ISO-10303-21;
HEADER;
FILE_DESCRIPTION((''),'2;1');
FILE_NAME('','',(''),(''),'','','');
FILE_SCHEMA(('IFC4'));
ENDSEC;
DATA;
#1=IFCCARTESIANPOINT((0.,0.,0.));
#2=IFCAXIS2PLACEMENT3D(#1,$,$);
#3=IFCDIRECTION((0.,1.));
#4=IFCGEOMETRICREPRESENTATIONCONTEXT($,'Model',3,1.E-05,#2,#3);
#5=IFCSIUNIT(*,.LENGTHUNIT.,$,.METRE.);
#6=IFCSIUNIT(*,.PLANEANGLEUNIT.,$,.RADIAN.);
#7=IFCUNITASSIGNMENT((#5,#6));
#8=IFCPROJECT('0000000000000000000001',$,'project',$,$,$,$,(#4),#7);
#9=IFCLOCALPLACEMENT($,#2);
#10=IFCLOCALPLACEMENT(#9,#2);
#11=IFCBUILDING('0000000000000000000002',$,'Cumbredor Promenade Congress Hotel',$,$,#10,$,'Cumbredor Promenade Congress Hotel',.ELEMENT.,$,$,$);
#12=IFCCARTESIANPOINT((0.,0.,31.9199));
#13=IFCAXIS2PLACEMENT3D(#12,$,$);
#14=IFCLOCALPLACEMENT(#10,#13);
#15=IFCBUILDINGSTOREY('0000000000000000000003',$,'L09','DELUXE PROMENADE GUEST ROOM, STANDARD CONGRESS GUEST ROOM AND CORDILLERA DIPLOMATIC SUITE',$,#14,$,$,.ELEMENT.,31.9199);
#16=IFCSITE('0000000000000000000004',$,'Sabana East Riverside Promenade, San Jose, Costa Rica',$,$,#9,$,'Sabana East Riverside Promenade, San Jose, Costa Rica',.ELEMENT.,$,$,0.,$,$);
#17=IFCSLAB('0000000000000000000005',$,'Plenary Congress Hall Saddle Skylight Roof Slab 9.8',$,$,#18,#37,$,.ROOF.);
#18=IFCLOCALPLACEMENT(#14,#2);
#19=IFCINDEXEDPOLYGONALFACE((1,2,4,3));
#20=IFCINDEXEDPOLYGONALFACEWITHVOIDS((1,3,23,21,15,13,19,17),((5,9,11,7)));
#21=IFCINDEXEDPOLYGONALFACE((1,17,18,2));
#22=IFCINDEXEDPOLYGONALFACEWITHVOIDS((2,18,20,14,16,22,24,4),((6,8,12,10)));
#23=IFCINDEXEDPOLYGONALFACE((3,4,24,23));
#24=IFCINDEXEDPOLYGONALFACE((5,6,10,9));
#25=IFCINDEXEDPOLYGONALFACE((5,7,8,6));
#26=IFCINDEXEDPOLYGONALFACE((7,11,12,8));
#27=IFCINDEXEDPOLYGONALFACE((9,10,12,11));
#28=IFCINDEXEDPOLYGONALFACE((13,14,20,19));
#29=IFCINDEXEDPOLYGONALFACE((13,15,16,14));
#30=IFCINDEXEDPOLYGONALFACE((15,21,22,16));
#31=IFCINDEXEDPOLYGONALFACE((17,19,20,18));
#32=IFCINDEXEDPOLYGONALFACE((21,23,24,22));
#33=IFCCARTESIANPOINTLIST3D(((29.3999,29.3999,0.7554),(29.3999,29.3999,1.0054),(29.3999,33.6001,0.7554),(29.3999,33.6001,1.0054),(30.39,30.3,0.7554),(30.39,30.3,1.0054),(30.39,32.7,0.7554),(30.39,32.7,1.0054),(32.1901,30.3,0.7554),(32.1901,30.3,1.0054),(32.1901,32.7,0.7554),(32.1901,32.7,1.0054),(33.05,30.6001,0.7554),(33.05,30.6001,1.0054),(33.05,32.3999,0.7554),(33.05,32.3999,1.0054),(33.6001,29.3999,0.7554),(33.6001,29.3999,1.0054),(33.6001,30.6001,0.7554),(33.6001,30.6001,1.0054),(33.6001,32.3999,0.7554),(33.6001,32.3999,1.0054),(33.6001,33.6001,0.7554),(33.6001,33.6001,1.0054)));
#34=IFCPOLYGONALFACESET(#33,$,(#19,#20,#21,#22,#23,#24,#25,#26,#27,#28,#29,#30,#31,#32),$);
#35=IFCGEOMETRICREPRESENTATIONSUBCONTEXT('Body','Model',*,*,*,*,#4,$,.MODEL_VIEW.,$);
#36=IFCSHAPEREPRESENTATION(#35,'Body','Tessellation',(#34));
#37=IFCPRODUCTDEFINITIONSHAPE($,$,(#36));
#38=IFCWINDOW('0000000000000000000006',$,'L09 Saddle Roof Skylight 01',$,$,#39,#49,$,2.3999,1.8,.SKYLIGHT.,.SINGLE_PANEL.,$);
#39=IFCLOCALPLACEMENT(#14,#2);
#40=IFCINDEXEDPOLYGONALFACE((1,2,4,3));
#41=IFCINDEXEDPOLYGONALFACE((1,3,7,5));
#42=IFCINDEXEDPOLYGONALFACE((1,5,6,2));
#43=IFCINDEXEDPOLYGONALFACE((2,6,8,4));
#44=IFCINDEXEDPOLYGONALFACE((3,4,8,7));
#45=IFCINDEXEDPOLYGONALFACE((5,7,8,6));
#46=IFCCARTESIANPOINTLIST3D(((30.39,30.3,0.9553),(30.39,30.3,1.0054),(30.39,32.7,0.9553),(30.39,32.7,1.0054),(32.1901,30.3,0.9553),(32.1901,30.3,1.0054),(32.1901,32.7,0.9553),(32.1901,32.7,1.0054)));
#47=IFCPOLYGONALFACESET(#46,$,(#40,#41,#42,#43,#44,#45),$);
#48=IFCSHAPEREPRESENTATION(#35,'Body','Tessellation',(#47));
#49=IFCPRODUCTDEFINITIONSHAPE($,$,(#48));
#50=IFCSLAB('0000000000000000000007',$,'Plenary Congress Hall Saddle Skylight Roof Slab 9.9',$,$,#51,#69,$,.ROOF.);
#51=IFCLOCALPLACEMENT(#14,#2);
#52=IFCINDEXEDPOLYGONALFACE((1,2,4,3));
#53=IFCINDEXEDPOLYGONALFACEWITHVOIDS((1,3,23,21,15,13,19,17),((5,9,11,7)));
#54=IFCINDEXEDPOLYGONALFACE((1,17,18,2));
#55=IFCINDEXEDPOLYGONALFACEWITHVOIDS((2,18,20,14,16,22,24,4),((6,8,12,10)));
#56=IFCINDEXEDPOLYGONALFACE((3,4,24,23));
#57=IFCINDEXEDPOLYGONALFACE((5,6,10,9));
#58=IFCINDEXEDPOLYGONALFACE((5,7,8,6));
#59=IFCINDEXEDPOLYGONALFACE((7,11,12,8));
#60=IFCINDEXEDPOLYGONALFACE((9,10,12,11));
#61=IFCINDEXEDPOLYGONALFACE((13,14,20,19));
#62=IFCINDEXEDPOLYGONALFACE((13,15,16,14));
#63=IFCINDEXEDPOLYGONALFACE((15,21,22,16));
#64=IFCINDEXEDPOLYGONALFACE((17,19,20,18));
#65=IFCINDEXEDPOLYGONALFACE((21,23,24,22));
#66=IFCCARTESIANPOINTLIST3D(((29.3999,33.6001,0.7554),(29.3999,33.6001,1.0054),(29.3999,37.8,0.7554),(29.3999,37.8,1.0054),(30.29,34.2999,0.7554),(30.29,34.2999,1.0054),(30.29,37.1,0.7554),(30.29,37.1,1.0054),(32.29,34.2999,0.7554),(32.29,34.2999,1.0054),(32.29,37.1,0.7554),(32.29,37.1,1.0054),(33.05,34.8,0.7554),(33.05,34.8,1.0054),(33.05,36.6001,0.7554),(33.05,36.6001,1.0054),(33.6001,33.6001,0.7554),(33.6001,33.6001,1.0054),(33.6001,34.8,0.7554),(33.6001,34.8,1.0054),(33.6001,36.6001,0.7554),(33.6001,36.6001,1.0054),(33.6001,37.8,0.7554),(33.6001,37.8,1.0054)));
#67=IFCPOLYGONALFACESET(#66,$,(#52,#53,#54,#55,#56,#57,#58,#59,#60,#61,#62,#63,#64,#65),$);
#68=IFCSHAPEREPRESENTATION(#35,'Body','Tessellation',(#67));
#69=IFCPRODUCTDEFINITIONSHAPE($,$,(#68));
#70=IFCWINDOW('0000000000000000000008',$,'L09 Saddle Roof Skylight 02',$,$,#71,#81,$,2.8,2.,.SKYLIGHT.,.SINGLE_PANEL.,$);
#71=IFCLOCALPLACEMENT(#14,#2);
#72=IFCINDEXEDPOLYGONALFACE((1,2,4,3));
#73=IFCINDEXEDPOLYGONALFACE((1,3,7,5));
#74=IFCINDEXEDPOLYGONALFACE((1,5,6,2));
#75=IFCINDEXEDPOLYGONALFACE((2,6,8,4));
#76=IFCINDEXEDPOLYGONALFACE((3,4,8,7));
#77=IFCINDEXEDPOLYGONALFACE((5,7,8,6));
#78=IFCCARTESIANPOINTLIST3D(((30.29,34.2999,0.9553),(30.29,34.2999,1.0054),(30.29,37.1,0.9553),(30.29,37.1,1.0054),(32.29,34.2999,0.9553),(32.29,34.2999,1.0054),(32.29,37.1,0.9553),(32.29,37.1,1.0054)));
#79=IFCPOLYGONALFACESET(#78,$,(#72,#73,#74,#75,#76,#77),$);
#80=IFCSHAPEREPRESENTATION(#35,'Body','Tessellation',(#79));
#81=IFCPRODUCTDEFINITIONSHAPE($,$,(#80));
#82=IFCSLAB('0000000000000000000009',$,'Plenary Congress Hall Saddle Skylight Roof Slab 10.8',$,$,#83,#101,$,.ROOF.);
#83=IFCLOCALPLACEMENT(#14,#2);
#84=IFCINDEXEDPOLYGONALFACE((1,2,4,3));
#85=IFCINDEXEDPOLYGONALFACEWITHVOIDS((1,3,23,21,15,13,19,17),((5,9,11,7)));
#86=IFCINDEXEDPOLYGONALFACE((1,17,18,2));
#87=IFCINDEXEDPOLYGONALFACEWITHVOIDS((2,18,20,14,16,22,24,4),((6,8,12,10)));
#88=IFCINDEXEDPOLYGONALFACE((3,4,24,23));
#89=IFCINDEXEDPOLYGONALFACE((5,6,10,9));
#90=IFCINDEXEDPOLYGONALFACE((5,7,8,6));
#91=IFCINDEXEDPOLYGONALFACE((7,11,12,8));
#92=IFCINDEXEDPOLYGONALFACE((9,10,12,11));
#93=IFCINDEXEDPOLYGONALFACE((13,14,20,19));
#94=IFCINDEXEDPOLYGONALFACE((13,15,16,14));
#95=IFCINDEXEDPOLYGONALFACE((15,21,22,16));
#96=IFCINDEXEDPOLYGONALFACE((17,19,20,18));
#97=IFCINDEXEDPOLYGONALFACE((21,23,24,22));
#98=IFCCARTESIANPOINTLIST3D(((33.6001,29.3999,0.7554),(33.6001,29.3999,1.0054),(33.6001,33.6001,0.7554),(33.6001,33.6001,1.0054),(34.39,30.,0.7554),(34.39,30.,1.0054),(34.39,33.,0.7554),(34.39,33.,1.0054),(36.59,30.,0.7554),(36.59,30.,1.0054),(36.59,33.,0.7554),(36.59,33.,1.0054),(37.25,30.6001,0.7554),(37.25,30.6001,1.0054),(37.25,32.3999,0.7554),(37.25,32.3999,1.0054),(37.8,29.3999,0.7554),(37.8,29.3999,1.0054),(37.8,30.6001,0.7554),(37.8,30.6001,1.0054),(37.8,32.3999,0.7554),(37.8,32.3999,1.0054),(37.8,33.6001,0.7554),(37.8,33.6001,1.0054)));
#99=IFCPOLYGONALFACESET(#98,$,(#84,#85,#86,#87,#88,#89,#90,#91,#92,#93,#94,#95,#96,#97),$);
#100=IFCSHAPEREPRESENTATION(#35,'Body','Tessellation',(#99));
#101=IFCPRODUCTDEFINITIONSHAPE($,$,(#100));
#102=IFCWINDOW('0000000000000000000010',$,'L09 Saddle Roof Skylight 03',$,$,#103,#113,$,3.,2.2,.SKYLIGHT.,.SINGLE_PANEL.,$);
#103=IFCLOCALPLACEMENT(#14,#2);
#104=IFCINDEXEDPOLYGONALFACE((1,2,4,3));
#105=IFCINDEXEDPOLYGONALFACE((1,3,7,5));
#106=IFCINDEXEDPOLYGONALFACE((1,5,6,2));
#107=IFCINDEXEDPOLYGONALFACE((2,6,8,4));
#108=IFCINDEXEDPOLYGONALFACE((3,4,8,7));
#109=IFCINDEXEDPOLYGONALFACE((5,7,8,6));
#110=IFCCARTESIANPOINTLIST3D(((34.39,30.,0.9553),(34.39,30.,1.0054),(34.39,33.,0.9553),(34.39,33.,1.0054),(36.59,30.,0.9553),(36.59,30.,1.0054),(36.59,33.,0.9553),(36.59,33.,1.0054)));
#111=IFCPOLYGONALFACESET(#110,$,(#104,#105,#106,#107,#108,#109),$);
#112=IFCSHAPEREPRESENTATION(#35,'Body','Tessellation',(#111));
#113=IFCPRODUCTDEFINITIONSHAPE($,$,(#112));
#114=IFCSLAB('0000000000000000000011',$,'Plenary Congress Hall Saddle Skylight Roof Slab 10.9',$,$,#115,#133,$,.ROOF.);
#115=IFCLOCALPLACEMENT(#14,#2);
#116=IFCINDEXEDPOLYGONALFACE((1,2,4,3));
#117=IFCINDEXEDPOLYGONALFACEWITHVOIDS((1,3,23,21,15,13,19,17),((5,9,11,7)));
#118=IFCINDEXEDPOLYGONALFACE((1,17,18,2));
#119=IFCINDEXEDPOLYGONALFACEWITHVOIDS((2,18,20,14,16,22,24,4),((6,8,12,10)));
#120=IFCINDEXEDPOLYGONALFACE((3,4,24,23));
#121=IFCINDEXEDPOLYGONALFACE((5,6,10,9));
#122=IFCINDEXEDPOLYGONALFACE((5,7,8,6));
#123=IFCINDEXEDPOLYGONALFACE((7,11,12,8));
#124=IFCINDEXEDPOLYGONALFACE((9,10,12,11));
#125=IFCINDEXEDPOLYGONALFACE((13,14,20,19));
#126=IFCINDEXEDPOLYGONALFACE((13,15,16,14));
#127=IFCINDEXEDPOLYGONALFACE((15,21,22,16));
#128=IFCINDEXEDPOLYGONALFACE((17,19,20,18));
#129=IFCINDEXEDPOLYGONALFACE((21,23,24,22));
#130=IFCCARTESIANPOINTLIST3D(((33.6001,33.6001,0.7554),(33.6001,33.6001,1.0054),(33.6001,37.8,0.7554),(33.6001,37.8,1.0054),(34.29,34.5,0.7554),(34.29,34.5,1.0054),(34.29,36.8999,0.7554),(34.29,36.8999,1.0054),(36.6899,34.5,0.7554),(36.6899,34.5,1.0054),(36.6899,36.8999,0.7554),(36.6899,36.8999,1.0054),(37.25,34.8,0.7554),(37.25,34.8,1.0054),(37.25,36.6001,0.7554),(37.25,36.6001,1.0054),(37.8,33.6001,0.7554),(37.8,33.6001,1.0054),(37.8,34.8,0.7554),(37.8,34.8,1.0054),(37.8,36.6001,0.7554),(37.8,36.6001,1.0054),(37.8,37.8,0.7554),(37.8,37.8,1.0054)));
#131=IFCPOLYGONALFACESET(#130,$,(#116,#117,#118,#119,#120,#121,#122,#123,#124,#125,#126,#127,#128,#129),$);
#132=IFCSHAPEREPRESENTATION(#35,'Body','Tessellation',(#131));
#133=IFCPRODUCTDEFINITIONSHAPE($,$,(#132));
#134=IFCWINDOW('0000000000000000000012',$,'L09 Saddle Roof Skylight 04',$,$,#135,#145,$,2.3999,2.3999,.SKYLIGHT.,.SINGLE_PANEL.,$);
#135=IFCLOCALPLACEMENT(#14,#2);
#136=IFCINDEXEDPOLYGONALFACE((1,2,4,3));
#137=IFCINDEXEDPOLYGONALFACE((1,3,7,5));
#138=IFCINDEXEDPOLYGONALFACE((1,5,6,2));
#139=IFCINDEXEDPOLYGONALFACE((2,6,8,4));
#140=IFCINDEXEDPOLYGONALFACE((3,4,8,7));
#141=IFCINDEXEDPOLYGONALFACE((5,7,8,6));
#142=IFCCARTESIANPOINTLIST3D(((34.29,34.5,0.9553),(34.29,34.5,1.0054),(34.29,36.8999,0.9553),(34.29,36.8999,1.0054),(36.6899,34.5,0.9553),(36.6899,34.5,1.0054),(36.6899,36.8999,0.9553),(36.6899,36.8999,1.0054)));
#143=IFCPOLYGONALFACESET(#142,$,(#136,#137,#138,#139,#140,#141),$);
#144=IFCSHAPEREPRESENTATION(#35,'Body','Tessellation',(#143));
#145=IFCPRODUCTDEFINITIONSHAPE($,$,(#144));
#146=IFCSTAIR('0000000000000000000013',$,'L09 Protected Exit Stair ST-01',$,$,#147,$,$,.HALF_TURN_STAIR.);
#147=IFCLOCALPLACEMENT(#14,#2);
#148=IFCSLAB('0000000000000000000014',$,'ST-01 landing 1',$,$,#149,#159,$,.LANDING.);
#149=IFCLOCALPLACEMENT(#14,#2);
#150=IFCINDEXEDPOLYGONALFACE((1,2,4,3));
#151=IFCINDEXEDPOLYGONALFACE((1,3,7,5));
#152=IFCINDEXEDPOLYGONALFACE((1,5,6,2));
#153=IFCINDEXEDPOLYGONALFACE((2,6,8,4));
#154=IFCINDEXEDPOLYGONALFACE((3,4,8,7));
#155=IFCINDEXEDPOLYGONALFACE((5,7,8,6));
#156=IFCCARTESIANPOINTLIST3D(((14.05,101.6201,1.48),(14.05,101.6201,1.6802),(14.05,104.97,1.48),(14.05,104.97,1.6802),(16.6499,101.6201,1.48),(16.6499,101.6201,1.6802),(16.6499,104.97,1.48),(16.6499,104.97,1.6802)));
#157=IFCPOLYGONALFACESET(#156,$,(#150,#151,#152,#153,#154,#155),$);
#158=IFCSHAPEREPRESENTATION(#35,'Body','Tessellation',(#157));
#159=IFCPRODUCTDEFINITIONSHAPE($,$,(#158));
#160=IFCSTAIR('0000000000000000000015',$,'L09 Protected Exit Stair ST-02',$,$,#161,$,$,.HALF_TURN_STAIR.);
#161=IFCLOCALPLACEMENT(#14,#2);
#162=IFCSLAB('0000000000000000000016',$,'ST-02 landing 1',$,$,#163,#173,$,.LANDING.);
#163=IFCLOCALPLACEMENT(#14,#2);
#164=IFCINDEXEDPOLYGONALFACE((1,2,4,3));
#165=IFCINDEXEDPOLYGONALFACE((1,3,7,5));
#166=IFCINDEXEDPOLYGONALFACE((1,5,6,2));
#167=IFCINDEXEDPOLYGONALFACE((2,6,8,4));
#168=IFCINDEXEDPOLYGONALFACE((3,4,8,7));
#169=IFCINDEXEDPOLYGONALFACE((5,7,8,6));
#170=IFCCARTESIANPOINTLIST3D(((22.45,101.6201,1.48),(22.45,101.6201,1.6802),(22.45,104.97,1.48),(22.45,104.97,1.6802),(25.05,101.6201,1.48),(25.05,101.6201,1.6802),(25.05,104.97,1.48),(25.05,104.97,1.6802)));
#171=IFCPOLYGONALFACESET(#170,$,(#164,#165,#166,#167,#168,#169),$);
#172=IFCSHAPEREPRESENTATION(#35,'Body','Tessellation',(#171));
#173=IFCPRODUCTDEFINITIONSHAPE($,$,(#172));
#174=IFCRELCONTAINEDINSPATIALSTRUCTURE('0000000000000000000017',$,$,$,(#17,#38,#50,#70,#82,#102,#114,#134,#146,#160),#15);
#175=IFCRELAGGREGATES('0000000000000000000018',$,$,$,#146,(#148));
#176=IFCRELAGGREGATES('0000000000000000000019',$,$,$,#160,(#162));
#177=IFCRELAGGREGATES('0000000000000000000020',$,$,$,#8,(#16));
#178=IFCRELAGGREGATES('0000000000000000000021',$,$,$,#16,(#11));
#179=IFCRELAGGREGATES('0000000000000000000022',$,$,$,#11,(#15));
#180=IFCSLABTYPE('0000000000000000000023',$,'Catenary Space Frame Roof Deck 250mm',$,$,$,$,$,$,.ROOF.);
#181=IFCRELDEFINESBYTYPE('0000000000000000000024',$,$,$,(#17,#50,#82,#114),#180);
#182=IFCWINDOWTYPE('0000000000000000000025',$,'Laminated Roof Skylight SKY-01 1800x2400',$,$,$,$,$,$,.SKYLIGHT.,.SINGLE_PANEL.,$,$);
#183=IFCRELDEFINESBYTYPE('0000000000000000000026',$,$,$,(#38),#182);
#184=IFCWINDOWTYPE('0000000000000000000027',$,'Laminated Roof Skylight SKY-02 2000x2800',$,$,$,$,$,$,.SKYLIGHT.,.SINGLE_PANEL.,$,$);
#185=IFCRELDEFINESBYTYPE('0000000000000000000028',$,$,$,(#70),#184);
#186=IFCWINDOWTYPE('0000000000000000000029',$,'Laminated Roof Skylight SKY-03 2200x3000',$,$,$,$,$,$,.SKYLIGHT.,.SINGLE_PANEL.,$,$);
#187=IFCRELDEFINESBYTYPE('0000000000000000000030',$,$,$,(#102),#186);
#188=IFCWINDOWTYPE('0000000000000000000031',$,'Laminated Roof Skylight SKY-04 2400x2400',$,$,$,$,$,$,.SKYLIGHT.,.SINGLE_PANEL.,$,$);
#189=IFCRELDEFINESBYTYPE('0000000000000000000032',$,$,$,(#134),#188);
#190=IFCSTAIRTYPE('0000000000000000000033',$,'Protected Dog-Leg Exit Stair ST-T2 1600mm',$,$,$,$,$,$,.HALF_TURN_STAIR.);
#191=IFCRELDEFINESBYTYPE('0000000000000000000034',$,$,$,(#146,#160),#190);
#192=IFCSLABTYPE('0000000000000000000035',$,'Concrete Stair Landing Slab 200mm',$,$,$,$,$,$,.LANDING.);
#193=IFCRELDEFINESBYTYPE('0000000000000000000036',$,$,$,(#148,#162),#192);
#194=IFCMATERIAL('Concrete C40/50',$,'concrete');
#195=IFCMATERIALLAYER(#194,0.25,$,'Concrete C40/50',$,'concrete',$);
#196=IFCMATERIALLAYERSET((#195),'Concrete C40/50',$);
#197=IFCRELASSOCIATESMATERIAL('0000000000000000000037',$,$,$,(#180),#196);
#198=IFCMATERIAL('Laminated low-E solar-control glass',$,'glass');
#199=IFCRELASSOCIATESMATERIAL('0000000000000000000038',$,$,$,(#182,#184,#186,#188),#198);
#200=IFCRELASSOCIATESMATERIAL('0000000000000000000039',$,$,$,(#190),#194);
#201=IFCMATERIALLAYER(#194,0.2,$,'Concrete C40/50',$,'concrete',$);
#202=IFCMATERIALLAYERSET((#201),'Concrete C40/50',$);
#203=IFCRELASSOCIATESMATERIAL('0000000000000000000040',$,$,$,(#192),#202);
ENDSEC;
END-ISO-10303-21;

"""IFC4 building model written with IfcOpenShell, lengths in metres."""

from ifc_helpers import new_model, si_unit, direction, frame, origin, origin_2d, place, context, subcontext, project, spatial, polyline, rectangle, outline, extrude, material, layer, layer_set, type_object, element, fill, aggregate, save


model = new_model("IFC4")

# Units and contexts
model_context = context("Model", 3, precision=1e-05, world=origin(), true_north=direction((0.0, 1.0)))
body_context = subcontext(model_context, "Body", "Model", "MODEL_VIEW")
ifc_project = project(units=[si_unit("LENGTHUNIT", "METRE"), si_unit("PLANEANGLEUNIT", "RADIAN")], contexts=[model_context])

# Site, building, storey
site_placement = place(None, origin())
site = spatial("IfcSite", under=ifc_project, at=site_placement, Name="Sabana East Riverside Promenade, San Jose, Costa Rica", LongName="Sabana East Riverside Promenade, San Jose, Costa Rica", CompositionType="ELEMENT", RefElevation=0.0)
building_placement = place(site_placement, origin())
building = spatial("IfcBuilding", under=site, at=building_placement, Name="Cumbredor Promenade Congress Hotel", LongName="Cumbredor Promenade Congress Hotel", CompositionType="ELEMENT")
storey_placement = place(building_placement, frame((0.0, 0.0, 31.9199)))
storey = spatial("IfcBuildingStorey", under=building, at=storey_placement, Name="L09", Description="DELUXE PROMENADE GUEST ROOM, STANDARD CONGRESS GUEST ROOM AND CORDILLERA DIPLOMATIC SUITE", CompositionType="ELEMENT", Elevation=31.9199)

# Slabs, openings, windows
ifc_material_1 = material(Name="Concrete C40/50", Category="concrete")
ifc_layer_1 = layer(ifc_material_1, 0.25, Name="Concrete C40/50", Category="concrete")
ifc_layer_set_1 = layer_set([ifc_layer_1], Name="Concrete C40/50")
slab_type_1 = type_object("IfcSlabType", Name="Catenary Space Frame Roof Deck 250mm", PredefinedType="ROOF", material=ifc_layer_set_1)
slab_1_placement = place(storey_placement, frame((0.0, 0.0, 0.7554)))
slab_1 = element("IfcSlab", 1, at=slab_1_placement, inside=storey, type_object=slab_type_1, Name="Plenary Congress Hall Saddle Skylight Roof Slab 9.8", PredefinedType="ROOF", context=body_context, shape_type="SweptSolid", body=[
    extrude(outline(polyline([(29.3999, 29.3999), (33.6001, 29.3999), (33.6001, 30.6001), (33.05, 30.6001), (33.05, 32.3999), (33.6001, 32.3999), (33.6001, 33.6001), (29.3999, 33.6001), (29.3999, 29.3999)])), origin(), (0.0, 0.0, 1.0), 0.25),
])
opening_1_placement = place(slab_1_placement, frame((31.29, 31.5, -0.01)))
opening_1 = element("IfcOpeningElement", 2, at=opening_1_placement, cuts=slab_1, PredefinedType="OPENING", context=body_context, shape_type="SweptSolid", body=[
    extrude(rectangle(XDim=1.8, YDim=2.3999, at=origin_2d()), origin(), (0.0, 0.0, 1.0), 0.27),
])
ifc_material_2 = material(Name="Laminated low-E solar-control glass", Category="glass")
window_type_1 = type_object("IfcWindowType", Name="Laminated Roof Skylight SKY-01 1800x2400", PartitioningType="SINGLE_PANEL", PredefinedType="SKYLIGHT", material=ifc_material_2)
window_1_placement = place(opening_1_placement, frame((0.0, 0.0, 0.21)))
window_1 = element("IfcWindow", 3, at=window_1_placement, inside=storey, type_object=window_type_1, Name="L09 Saddle Roof Skylight 01", OverallHeight=2.3999, OverallWidth=1.8, PartitioningType="SINGLE_PANEL", PredefinedType="SKYLIGHT", context=body_context, shape_type="SweptSolid", body=[
    extrude(rectangle(XDim=1.8, YDim=2.3999, at=origin_2d()), origin(), (0.0, 0.0, 1.0), 0.05),
])
fill(opening_1, window_1)
slab_2_placement = place(storey_placement, frame((0.0, 0.0, 0.7554)))
slab_2 = element("IfcSlab", 4, at=slab_2_placement, inside=storey, type_object=slab_type_1, Name="Plenary Congress Hall Saddle Skylight Roof Slab 9.9", PredefinedType="ROOF", context=body_context, shape_type="SweptSolid", body=[
    extrude(outline(polyline([(29.3999, 33.6001), (33.6001, 33.6001), (33.6001, 34.8), (33.05, 34.8), (33.05, 36.6001), (33.6001, 36.6001), (33.6001, 37.8), (29.3999, 37.8), (29.3999, 33.6001)])), origin(), (0.0, 0.0, 1.0), 0.25),
])
opening_2_placement = place(slab_2_placement, frame((31.29, 35.7, -0.01)))
opening_2 = element("IfcOpeningElement", 5, at=opening_2_placement, cuts=slab_2, PredefinedType="OPENING", context=body_context, shape_type="SweptSolid", body=[
    extrude(rectangle(XDim=2.0, YDim=2.8, at=origin_2d()), origin(), (0.0, 0.0, 1.0), 0.27),
])
window_type_2 = type_object("IfcWindowType", Name="Laminated Roof Skylight SKY-02 2000x2800", PartitioningType="SINGLE_PANEL", PredefinedType="SKYLIGHT", material=ifc_material_2)
window_2_placement = place(opening_2_placement, frame((0.0, 0.0, 0.21)))
window_2 = element("IfcWindow", 6, at=window_2_placement, inside=storey, type_object=window_type_2, Name="L09 Saddle Roof Skylight 02", OverallHeight=2.8, OverallWidth=2.0, PartitioningType="SINGLE_PANEL", PredefinedType="SKYLIGHT", context=body_context, shape_type="SweptSolid", body=[
    extrude(rectangle(XDim=2.0, YDim=2.8, at=origin_2d()), origin(), (0.0, 0.0, 1.0), 0.05),
])
fill(opening_2, window_2)
slab_3_placement = place(storey_placement, frame((0.0, 0.0, 0.7554)))
slab_3 = element("IfcSlab", 7, at=slab_3_placement, inside=storey, type_object=slab_type_1, Name="Plenary Congress Hall Saddle Skylight Roof Slab 10.8", PredefinedType="ROOF", context=body_context, shape_type="SweptSolid", body=[
    extrude(outline(polyline([(33.6001, 29.3999), (37.8, 29.3999), (37.8, 30.6001), (37.25, 30.6001), (37.25, 32.3999), (37.8, 32.3999), (37.8, 33.6001), (33.6001, 33.6001), (33.6001, 29.3999)])), origin(), (0.0, 0.0, 1.0), 0.25),
])
opening_3_placement = place(slab_3_placement, frame((35.49, 31.5, -0.01)))
opening_3 = element("IfcOpeningElement", 8, at=opening_3_placement, cuts=slab_3, PredefinedType="OPENING", context=body_context, shape_type="SweptSolid", body=[
    extrude(rectangle(XDim=2.2, YDim=3.0, at=origin_2d()), origin(), (0.0, 0.0, 1.0), 0.27),
])
window_type_3 = type_object("IfcWindowType", Name="Laminated Roof Skylight SKY-03 2200x3000", PartitioningType="SINGLE_PANEL", PredefinedType="SKYLIGHT", material=ifc_material_2)
window_3_placement = place(opening_3_placement, frame((0.0, 0.0, 0.21)))
window_3 = element("IfcWindow", 9, at=window_3_placement, inside=storey, type_object=window_type_3, Name="L09 Saddle Roof Skylight 03", OverallHeight=3.0, OverallWidth=2.2, PartitioningType="SINGLE_PANEL", PredefinedType="SKYLIGHT", context=body_context, shape_type="SweptSolid", body=[
    extrude(rectangle(XDim=2.2, YDim=3.0, at=origin_2d()), origin(), (0.0, 0.0, 1.0), 0.05),
])
fill(opening_3, window_3)
slab_4_placement = place(storey_placement, frame((0.0, 0.0, 0.7554)))
slab_4 = element("IfcSlab", 10, at=slab_4_placement, inside=storey, type_object=slab_type_1, Name="Plenary Congress Hall Saddle Skylight Roof Slab 10.9", PredefinedType="ROOF", context=body_context, shape_type="SweptSolid", body=[
    extrude(outline(polyline([(33.6001, 33.6001), (37.8, 33.6001), (37.8, 34.8), (37.25, 34.8), (37.25, 36.6001), (37.8, 36.6001), (37.8, 37.8), (33.6001, 37.8), (33.6001, 33.6001)])), origin(), (0.0, 0.0, 1.0), 0.25),
])
opening_4_placement = place(slab_4_placement, frame((35.49, 35.7, -0.01)))
opening_4 = element("IfcOpeningElement", 11, at=opening_4_placement, cuts=slab_4, PredefinedType="OPENING", context=body_context, shape_type="SweptSolid", body=[
    extrude(rectangle(XDim=2.3999, YDim=2.3999, at=origin_2d()), origin(), (0.0, 0.0, 1.0), 0.27),
])
window_type_4 = type_object("IfcWindowType", Name="Laminated Roof Skylight SKY-04 2400x2400", PartitioningType="SINGLE_PANEL", PredefinedType="SKYLIGHT", material=ifc_material_2)
window_4_placement = place(opening_4_placement, frame((0.0, 0.0, 0.21)))
window_4 = element("IfcWindow", 12, at=window_4_placement, inside=storey, type_object=window_type_4, Name="L09 Saddle Roof Skylight 04", OverallHeight=2.3999, OverallWidth=2.3999, PartitioningType="SINGLE_PANEL", PredefinedType="SKYLIGHT", context=body_context, shape_type="SweptSolid", body=[
    extrude(rectangle(XDim=2.3999, YDim=2.3999, at=origin_2d()), origin(), (0.0, 0.0, 1.0), 0.05),
])
fill(opening_4, window_4)

# Stairs, slabs
stair_type_1 = type_object("IfcStairType", Name="Protected Dog-Leg Exit Stair ST-T2 1600mm", PredefinedType="HALF_TURN_STAIR", material=ifc_material_1)
stair_1_placement = place(storey_placement, origin())
stair_1 = element("IfcStair", 13, at=stair_1_placement, inside=storey, type_object=stair_type_1, Name="L09 Protected Exit Stair ST-01", PredefinedType="HALF_TURN_STAIR")
ifc_layer_2 = layer(ifc_material_1, 0.2, Name="Concrete C40/50", Category="concrete")
ifc_layer_set_2 = layer_set([ifc_layer_2], Name="Concrete C40/50")
slab_type_2 = type_object("IfcSlabType", Name="Concrete Stair Landing Slab 200mm", PredefinedType="LANDING", material=ifc_layer_set_2)
slab_5_placement = place(storey_placement, frame((0.0, 0.0, 1.48)))
slab_5 = element("IfcSlab", 14, at=slab_5_placement, type_object=slab_type_2, Name="ST-01 landing 1", PredefinedType="LANDING", context=body_context, shape_type="SweptSolid", body=[
    extrude(outline(polyline([(14.05, 101.6201), (16.6499, 101.6201), (16.6499, 104.97), (14.05, 104.97), (14.05, 101.6201)])), origin(), (0.0, 0.0, 1.0), 0.2002),
])
aggregate(stair_1, [slab_5])
stair_2_placement = place(storey_placement, origin())
stair_2 = element("IfcStair", 15, at=stair_2_placement, inside=storey, type_object=stair_type_1, Name="L09 Protected Exit Stair ST-02", PredefinedType="HALF_TURN_STAIR")
slab_6_placement = place(storey_placement, frame((0.0, 0.0, 1.48)))
slab_6 = element("IfcSlab", 16, at=slab_6_placement, type_object=slab_type_2, Name="ST-02 landing 1", PredefinedType="LANDING", context=body_context, shape_type="SweptSolid", body=[
    extrude(outline(polyline([(22.45, 101.6201), (25.05, 101.6201), (25.05, 104.97), (22.45, 104.97), (22.45, 101.6201)])), origin(), (0.0, 0.0, 1.0), 0.2002),
])
aggregate(stair_2, [slab_6])

save(model, "model.ifc")
